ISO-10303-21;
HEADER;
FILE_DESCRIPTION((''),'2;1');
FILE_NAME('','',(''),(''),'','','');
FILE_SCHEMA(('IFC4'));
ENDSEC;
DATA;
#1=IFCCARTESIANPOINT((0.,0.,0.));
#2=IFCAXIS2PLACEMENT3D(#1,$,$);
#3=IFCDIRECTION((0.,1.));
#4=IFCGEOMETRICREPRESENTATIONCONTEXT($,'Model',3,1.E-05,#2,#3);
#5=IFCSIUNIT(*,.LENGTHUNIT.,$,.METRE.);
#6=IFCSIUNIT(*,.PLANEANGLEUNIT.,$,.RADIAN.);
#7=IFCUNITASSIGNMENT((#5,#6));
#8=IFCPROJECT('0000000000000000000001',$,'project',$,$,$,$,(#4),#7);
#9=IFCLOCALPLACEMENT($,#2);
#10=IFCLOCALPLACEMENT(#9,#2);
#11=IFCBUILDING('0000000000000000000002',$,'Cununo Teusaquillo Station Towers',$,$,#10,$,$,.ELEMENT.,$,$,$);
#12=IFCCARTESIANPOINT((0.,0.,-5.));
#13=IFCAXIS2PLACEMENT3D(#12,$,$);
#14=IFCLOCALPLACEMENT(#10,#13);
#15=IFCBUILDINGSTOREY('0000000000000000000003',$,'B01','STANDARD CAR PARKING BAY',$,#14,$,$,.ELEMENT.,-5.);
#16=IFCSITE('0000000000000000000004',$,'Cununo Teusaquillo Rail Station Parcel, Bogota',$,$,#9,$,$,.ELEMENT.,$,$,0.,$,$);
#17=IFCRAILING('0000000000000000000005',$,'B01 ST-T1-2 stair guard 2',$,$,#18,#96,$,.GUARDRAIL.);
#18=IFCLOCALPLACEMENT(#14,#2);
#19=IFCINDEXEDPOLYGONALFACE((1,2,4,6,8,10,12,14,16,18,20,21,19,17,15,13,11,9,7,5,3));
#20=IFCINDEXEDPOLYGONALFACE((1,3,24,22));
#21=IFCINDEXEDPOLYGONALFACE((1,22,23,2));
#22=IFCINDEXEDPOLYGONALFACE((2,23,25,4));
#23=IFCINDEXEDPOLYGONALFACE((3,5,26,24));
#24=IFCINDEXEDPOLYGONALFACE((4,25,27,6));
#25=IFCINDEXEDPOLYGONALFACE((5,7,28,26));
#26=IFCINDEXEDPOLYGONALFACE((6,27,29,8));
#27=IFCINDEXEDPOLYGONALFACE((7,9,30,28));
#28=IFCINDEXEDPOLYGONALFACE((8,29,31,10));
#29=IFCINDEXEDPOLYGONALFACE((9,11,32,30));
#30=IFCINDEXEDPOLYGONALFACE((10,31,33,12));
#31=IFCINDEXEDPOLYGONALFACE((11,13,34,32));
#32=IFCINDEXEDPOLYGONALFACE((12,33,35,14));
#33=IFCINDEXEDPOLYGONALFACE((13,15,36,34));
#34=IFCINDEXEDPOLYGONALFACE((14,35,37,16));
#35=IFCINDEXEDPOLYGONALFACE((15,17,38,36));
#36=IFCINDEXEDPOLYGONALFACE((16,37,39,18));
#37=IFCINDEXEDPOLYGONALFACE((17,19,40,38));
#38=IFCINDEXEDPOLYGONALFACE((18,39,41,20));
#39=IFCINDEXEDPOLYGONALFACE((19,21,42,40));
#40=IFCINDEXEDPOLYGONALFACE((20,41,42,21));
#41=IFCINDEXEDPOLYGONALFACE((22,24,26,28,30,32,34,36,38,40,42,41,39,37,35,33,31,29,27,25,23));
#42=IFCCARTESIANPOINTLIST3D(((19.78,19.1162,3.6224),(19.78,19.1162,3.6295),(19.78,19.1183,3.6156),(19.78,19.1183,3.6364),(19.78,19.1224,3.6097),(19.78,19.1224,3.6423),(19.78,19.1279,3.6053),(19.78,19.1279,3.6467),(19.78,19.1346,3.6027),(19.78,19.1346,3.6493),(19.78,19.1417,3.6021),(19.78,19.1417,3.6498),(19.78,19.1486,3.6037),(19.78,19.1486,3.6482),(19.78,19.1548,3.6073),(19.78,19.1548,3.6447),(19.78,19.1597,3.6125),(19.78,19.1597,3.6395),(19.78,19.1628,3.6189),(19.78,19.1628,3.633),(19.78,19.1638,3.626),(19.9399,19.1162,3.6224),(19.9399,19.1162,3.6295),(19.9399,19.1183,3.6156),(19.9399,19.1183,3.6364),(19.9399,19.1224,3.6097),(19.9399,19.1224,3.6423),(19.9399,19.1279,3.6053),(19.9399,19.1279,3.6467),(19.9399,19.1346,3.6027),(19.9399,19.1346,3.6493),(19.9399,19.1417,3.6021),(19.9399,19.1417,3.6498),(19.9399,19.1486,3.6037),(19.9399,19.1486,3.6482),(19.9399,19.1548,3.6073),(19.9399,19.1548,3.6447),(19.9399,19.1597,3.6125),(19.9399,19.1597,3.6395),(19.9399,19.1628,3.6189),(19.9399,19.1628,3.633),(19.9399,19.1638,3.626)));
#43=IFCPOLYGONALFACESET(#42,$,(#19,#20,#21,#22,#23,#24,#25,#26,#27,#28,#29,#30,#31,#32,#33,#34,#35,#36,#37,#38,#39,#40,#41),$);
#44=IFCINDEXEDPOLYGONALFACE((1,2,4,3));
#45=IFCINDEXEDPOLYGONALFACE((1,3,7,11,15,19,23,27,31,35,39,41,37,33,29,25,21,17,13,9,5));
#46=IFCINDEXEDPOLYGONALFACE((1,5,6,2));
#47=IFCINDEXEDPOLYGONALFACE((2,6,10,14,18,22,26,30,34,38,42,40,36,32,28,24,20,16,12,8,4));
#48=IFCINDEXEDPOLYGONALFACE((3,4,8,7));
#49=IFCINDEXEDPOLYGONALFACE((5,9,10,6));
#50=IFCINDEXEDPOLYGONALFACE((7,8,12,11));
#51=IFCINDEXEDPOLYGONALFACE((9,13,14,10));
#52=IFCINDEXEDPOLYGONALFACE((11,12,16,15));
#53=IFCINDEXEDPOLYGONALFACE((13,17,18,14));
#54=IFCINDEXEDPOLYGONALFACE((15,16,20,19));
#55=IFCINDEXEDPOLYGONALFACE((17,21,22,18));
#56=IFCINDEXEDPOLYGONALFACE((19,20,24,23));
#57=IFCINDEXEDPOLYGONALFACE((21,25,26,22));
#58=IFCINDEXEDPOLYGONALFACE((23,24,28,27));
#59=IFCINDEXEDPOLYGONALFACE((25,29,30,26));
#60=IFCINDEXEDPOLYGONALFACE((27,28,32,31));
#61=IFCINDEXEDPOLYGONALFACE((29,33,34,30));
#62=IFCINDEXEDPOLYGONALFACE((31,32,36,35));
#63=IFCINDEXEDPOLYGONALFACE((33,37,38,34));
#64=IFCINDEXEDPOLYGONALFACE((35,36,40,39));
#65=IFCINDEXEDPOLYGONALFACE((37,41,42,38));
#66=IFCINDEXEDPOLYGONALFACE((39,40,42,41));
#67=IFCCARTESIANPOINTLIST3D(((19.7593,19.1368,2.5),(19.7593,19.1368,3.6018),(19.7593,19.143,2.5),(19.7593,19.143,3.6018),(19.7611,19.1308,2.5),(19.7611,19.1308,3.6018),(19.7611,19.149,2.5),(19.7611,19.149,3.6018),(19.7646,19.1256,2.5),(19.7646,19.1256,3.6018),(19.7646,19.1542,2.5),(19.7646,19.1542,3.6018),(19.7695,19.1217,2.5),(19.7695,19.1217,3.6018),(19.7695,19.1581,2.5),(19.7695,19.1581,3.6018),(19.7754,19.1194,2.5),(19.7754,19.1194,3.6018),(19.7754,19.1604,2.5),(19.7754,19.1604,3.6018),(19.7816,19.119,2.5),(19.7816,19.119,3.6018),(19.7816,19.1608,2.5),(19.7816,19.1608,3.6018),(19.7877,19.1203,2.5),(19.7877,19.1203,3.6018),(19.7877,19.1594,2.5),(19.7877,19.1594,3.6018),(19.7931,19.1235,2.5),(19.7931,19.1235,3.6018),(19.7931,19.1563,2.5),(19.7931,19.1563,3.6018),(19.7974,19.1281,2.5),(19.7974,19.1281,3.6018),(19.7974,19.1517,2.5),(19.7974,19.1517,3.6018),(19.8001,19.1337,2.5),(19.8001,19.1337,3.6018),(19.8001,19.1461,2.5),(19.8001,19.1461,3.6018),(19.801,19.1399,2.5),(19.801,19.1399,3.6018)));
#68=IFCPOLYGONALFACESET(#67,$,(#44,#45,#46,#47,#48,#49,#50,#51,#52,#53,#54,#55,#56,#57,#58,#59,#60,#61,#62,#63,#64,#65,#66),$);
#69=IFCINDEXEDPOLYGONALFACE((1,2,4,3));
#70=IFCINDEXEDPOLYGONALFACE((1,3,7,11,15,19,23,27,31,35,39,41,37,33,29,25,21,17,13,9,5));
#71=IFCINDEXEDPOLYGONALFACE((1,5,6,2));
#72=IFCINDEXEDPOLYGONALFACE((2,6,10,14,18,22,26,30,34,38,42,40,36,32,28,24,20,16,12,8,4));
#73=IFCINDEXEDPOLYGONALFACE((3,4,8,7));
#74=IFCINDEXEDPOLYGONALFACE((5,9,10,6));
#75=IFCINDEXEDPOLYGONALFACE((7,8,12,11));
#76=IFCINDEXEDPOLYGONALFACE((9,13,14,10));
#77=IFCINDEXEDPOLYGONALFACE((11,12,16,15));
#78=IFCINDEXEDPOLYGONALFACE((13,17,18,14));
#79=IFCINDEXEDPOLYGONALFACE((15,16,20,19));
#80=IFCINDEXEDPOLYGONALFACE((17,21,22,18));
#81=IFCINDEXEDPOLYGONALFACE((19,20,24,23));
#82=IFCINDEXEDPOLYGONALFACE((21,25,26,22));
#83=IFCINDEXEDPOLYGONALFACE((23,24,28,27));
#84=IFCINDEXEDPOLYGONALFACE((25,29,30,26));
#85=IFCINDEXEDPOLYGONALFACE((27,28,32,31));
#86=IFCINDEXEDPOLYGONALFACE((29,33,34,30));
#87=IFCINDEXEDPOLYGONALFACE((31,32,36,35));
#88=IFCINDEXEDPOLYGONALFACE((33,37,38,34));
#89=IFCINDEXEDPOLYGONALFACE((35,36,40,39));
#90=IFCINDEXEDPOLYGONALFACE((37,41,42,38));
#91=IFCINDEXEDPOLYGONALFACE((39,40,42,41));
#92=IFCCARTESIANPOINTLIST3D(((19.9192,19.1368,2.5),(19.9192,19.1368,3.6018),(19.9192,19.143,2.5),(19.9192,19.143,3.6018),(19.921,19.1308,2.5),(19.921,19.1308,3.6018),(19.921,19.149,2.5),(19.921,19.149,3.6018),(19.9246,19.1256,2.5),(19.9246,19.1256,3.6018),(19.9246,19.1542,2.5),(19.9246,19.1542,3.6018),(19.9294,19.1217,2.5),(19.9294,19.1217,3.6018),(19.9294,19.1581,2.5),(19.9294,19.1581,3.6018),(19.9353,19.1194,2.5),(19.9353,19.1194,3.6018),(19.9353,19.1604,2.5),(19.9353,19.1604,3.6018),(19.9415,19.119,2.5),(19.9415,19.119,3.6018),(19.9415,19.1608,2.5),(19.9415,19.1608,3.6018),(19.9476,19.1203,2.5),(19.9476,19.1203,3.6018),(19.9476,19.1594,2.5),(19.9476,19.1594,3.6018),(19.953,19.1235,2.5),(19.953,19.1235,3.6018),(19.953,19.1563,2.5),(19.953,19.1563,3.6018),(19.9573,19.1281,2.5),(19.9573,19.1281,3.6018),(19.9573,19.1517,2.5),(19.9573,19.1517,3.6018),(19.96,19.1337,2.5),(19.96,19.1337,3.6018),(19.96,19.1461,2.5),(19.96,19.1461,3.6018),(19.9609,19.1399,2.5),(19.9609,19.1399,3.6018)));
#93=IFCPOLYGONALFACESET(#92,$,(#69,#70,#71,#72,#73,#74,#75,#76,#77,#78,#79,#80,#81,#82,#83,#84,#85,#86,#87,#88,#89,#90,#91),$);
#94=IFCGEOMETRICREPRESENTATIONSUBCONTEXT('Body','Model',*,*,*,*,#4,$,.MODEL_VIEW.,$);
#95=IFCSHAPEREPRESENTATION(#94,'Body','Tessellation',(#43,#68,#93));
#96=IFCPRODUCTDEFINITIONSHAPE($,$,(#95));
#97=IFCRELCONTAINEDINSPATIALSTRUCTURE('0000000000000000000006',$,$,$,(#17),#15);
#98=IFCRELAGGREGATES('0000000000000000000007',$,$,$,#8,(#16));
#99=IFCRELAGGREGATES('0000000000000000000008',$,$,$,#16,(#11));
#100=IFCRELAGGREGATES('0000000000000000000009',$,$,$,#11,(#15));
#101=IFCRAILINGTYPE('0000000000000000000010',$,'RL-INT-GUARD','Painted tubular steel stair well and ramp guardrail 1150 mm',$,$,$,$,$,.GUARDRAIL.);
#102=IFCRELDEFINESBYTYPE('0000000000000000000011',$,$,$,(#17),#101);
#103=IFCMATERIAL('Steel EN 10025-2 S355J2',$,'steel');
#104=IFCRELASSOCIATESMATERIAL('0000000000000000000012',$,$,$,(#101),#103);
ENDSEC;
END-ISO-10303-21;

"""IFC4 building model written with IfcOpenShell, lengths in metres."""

from ifc_helpers import new_model, si_unit, direction, frame, origin, origin_2d, place, context, subcontext, project, spatial, circle, extrude, material, type_object, element, save


model = new_model("IFC4")

# Units and contexts
model_context = context("Model", 3, precision=1e-05, world=origin(), true_north=direction((0.0, 1.0)))
body_context = subcontext(model_context, "Body", "Model", "MODEL_VIEW")
ifc_project = project(units=[si_unit("LENGTHUNIT", "METRE"), si_unit("PLANEANGLEUNIT", "RADIAN")], contexts=[model_context])

# Site, building, storey
site_placement = place(None, origin())
site = spatial("IfcSite", under=ifc_project, at=site_placement, Name="Cununo Teusaquillo Rail Station Parcel, Bogota", CompositionType="ELEMENT", RefElevation=0.0)
building_placement = place(site_placement, origin())
building = spatial("IfcBuilding", under=site, at=building_placement, Name="Cununo Teusaquillo Station Towers", CompositionType="ELEMENT")
storey_placement = place(building_placement, frame((0.0, 0.0, -5.0)))
storey = spatial("IfcBuildingStorey", under=building, at=storey_placement, Name="B01", Description="STANDARD CAR PARKING BAY", CompositionType="ELEMENT", Elevation=-5.0)

# Railing
ifc_material_1 = material(Name="Steel EN 10025-2 S355J2", Category="steel")
railing_type_1 = type_object("IfcRailingType", Name="RL-INT-GUARD", Description="Painted tubular steel stair well and ramp guardrail 1150 mm", PredefinedType="GUARDRAIL", material=ifc_material_1)
railing_1_placement = place(storey_placement, frame((19.78, 19.1399, 2.5)))
element("IfcRailing", 1, at=railing_1_placement, inside=storey, type_object=railing_type_1, Name="B01 ST-T1-2 stair guard 2", PredefinedType="GUARDRAIL", context=body_context, shape_type="SweptSolid", body=[
    extrude(circle(Radius=0.0239, at=origin_2d()), frame((0.0, 0.0, 1.126), z_axis=(1.0, 0.0, 0.0), x_axis=(0.0, 1.0, 0.0)), (0.0, 0.0, 1.0), 0.1599),
    extrude(circle(Radius=0.021, at=origin_2d()), origin(), (0.0, 0.0, 1.0), 1.1018),
    extrude(circle(Radius=0.021, at=origin_2d()), frame((0.1599, 0.0, 0.0)), (0.0, 0.0, 1.0), 1.1018),
])

save(model, "model.ifc")
